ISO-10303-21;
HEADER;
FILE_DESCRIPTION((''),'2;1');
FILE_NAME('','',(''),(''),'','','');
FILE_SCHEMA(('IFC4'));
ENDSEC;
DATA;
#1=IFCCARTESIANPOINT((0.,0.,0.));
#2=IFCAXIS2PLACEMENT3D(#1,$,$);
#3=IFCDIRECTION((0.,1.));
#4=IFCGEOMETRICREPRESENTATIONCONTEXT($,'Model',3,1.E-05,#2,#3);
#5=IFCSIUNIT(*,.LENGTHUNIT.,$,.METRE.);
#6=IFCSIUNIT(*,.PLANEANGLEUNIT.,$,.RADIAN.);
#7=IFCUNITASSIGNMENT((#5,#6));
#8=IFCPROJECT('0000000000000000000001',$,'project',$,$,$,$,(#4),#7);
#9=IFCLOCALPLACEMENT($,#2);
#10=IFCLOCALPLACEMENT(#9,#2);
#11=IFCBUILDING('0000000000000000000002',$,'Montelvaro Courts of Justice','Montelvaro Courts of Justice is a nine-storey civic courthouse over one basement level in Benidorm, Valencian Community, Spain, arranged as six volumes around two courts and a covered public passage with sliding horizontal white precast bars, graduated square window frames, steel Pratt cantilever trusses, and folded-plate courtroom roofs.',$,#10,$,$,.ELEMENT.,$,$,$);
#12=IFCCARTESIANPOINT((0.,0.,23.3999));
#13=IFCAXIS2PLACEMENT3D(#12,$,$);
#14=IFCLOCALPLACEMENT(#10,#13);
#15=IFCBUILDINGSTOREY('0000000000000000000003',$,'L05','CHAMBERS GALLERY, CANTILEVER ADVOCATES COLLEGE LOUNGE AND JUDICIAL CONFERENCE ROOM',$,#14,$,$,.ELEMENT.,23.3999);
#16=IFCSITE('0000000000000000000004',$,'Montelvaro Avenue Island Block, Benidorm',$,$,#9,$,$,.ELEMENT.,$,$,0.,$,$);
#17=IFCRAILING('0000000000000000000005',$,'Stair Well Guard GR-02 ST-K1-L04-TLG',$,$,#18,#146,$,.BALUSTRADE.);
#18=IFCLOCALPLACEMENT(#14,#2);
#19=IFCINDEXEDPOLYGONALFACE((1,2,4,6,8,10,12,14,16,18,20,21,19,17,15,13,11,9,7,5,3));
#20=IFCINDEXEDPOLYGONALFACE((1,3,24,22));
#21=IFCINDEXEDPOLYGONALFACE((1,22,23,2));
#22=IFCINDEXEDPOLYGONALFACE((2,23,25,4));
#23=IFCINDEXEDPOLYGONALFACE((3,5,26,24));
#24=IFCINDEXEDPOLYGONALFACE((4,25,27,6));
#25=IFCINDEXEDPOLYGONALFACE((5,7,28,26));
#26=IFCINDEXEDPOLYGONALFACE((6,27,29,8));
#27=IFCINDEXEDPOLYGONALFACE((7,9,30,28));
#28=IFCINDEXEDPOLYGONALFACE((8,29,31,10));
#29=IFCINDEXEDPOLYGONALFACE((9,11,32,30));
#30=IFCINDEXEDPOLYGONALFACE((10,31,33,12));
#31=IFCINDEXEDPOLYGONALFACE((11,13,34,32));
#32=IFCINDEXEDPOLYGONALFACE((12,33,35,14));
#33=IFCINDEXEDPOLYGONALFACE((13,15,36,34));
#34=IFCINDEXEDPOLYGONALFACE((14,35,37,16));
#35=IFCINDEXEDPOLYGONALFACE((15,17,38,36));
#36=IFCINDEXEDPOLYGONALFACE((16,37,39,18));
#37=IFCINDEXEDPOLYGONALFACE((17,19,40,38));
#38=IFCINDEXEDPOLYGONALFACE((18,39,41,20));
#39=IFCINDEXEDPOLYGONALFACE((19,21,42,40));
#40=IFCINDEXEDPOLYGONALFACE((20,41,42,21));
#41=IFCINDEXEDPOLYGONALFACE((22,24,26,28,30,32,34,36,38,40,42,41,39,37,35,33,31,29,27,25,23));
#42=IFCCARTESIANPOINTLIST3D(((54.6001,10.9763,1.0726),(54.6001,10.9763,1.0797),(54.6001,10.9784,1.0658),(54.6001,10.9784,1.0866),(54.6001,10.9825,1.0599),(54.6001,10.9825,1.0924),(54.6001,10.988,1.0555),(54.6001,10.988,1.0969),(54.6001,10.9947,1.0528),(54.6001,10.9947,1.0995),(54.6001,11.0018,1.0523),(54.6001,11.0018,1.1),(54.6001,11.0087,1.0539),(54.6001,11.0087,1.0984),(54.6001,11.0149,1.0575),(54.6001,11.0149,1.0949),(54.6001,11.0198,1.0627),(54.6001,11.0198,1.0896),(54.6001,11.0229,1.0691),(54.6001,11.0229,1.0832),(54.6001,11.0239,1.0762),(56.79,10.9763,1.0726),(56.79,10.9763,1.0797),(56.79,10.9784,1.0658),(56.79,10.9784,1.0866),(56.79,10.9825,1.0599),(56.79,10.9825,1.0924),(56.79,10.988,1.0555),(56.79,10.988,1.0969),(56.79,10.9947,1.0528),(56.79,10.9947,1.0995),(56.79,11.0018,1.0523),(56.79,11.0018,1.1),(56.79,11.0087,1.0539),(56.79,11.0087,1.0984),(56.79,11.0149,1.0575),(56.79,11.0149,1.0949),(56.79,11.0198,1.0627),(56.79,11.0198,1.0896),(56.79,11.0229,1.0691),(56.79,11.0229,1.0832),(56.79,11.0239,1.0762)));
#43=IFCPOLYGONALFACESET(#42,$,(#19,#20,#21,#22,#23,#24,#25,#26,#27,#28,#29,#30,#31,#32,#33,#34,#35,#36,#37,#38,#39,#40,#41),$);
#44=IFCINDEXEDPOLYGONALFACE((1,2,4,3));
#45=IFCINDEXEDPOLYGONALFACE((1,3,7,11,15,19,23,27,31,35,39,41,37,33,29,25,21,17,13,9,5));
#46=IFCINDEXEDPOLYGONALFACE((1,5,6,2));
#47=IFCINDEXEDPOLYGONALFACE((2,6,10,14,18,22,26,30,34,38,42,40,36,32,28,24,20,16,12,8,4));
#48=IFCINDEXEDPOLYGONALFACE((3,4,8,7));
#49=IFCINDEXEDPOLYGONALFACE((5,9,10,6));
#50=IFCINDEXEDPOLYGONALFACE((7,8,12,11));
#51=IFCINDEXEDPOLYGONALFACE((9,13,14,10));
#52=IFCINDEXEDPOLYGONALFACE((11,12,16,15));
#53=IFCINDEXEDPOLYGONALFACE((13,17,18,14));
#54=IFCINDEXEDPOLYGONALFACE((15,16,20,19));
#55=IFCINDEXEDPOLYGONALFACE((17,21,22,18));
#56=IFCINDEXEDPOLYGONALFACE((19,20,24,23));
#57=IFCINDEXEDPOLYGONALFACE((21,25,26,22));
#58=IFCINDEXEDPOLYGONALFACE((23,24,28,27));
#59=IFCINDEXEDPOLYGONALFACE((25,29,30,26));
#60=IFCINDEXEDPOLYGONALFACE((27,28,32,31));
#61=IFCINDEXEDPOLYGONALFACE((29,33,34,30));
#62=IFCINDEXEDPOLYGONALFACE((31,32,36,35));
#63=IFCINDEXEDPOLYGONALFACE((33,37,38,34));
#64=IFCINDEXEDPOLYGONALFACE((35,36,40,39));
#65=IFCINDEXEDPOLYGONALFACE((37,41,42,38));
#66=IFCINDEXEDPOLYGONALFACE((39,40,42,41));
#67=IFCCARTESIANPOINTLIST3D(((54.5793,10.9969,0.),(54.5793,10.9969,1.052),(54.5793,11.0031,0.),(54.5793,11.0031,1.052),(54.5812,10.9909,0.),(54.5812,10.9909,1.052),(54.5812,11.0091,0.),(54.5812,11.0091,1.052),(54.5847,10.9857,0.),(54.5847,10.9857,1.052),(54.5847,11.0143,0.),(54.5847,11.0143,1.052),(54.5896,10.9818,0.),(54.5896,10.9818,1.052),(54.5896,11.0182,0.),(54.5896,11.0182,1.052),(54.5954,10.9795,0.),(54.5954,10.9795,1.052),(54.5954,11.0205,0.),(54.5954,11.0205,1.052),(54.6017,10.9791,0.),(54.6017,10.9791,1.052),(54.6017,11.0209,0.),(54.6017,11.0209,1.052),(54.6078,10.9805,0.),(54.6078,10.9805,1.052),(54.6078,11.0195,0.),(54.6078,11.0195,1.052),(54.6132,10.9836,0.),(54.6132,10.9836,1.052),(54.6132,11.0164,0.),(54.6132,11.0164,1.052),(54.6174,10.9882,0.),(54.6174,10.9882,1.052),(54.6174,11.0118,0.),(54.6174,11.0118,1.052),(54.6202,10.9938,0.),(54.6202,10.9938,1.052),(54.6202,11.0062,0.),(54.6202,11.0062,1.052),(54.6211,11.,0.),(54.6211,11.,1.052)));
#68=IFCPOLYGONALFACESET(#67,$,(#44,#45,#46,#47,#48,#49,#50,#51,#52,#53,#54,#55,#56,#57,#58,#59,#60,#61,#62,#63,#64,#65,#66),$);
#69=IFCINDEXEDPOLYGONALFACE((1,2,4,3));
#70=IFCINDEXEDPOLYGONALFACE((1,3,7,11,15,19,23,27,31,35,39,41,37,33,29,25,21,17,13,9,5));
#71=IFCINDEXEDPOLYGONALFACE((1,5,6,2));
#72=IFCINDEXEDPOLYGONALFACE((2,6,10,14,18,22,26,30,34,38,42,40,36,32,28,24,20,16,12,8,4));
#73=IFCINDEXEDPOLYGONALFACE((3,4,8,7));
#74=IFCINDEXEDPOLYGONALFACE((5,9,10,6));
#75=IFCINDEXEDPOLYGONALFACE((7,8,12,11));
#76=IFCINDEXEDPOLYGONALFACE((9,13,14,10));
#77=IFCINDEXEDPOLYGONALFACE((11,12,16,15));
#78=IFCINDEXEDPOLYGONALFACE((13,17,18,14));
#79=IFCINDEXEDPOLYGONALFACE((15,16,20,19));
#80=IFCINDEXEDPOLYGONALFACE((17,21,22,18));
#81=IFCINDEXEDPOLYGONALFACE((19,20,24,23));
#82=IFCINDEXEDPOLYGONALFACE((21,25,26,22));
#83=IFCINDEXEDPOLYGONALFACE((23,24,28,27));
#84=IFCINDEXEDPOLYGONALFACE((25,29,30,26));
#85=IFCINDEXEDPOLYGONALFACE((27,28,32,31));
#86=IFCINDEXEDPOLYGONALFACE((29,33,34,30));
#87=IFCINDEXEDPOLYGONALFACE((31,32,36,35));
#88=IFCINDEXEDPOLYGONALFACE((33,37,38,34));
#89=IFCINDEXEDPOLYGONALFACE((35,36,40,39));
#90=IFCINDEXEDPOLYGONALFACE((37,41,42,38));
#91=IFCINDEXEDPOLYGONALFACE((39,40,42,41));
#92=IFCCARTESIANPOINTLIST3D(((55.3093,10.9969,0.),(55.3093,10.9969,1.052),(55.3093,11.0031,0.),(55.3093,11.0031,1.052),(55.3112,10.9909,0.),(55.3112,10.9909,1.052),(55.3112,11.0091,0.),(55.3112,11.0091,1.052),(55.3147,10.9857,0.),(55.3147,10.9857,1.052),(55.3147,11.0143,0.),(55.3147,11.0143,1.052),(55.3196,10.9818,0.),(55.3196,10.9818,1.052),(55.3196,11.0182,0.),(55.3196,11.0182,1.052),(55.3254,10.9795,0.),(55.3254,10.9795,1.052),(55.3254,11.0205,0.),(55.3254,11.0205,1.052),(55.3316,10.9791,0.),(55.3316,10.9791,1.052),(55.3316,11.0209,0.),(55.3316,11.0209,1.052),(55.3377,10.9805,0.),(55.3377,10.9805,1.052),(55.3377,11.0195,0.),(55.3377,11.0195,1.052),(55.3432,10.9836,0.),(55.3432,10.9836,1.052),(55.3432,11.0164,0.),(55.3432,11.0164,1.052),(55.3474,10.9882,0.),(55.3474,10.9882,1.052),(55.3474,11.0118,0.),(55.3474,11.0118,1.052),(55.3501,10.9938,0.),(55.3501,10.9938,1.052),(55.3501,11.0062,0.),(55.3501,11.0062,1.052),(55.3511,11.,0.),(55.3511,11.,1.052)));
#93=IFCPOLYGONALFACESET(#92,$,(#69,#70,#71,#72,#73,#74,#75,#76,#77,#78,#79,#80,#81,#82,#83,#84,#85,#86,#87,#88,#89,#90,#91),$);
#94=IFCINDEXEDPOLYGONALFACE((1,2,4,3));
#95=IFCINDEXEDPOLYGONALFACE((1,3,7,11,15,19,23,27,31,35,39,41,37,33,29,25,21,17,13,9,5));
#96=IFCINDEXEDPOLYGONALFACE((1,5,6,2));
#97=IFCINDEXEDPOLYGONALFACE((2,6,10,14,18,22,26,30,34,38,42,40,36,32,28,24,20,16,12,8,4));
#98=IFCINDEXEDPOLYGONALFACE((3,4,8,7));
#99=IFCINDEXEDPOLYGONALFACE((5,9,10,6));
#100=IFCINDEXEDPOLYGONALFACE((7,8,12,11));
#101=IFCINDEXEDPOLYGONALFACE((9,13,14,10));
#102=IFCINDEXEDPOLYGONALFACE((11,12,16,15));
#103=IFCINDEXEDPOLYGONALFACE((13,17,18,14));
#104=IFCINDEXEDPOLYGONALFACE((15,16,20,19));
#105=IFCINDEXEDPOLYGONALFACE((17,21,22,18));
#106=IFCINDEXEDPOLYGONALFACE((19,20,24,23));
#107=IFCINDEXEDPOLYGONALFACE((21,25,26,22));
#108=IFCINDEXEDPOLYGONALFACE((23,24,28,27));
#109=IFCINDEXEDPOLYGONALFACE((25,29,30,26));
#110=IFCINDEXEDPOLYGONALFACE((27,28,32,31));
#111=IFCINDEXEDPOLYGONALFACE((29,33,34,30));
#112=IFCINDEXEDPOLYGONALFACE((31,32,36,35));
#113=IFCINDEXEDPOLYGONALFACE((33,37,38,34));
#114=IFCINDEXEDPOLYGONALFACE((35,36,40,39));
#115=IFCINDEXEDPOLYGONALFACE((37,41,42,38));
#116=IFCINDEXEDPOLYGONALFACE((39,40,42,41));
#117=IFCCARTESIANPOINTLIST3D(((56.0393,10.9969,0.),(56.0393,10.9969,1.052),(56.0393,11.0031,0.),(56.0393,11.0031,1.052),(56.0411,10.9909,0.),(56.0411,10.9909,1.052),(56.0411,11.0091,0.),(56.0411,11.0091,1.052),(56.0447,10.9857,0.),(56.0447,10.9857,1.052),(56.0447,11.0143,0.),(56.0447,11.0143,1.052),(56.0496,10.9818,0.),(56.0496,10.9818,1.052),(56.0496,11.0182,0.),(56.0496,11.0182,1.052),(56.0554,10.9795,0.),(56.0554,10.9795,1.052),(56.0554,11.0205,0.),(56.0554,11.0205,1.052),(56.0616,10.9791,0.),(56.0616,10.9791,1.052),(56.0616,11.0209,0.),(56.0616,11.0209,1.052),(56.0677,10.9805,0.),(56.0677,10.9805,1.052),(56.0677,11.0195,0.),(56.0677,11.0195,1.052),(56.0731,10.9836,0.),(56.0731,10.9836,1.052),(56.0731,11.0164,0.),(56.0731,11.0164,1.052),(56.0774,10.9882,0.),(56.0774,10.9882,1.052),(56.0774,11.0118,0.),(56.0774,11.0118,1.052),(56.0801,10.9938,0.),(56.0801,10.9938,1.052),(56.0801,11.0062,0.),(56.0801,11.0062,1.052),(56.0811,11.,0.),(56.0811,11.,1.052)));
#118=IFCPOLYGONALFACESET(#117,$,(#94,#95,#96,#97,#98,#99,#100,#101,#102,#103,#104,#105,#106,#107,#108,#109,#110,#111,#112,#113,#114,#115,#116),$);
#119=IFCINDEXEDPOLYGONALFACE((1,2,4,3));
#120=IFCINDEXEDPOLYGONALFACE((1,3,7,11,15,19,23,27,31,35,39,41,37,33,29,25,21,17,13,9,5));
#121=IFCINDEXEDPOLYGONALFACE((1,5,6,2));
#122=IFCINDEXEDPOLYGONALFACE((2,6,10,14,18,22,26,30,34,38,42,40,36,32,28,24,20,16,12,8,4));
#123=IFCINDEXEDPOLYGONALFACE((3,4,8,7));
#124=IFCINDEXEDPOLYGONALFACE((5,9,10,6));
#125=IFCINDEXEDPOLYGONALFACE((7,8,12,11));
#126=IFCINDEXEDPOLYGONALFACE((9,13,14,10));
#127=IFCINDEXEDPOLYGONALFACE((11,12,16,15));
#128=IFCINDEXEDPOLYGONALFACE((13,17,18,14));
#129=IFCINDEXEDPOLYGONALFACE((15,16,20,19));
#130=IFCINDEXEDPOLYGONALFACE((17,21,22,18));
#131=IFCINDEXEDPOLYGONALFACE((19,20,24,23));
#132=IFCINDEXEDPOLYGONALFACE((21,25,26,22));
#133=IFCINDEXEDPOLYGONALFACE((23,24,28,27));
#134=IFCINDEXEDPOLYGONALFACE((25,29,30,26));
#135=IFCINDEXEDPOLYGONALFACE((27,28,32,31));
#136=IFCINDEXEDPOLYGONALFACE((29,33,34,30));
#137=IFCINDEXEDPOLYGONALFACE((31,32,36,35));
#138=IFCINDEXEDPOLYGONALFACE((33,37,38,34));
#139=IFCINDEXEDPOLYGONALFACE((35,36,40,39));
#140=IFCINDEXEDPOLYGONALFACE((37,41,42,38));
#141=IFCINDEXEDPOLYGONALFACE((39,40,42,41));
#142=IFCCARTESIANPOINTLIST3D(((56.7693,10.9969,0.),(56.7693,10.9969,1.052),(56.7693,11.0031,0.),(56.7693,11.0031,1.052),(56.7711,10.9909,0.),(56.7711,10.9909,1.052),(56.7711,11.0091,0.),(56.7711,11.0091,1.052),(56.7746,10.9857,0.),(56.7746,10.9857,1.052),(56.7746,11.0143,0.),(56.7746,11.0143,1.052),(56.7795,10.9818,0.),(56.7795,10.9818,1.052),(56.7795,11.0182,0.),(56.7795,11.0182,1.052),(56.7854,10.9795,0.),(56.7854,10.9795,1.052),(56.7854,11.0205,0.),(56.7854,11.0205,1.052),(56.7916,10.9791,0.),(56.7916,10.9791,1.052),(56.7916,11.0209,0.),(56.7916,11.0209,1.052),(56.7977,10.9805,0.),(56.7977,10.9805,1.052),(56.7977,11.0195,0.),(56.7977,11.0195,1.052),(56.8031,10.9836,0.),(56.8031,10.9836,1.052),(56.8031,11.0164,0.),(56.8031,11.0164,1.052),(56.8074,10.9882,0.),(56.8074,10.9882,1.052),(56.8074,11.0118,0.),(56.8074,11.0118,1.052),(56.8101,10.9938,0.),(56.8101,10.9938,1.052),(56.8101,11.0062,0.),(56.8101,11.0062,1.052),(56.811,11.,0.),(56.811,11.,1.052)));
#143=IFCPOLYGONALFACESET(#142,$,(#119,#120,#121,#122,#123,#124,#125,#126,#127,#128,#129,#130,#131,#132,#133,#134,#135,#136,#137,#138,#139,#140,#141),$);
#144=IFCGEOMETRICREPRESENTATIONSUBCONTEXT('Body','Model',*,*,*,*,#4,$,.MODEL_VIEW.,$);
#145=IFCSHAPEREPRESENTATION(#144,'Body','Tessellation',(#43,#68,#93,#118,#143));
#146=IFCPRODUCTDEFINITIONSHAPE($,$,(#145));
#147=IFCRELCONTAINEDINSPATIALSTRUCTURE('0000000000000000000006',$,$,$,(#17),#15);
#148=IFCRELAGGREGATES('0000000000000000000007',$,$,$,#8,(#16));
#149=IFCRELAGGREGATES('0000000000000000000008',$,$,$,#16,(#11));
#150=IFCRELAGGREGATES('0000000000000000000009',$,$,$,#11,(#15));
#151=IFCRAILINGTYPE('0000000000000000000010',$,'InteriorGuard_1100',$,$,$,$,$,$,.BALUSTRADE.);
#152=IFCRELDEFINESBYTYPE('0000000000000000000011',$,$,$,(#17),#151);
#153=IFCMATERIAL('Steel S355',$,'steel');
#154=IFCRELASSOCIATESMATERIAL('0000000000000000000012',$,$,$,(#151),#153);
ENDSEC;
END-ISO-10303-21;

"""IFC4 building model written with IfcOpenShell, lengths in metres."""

from ifc_helpers import new_model, si_unit, direction, frame, origin, origin_2d, place, context, subcontext, project, spatial, circle, extrude, material, type_object, element, save


model = new_model("IFC4")

# Units and contexts
model_context = context("Model", 3, precision=1e-05, world=origin(), true_north=direction((0.0, 1.0)))
body_context = subcontext(model_context, "Body", "Model", "MODEL_VIEW")
ifc_project = project(units=[si_unit("LENGTHUNIT", "METRE"), si_unit("PLANEANGLEUNIT", "RADIAN")], contexts=[model_context])

# Site, building, storey
site_placement = place(None, origin())
site = spatial("IfcSite", under=ifc_project, at=site_placement, Name="Montelvaro Avenue Island Block, Benidorm", CompositionType="ELEMENT", RefElevation=0.0)
building_placement = place(site_placement, origin())
building = spatial("IfcBuilding", under=site, at=building_placement, Name="Montelvaro Courts of Justice", Description="Montelvaro Courts of Justice is a nine-storey civic courthouse over one basement level in Benidorm, Valencian Community, Spain, arranged as six volumes around two courts and a covered public passage with sliding horizontal white precast bars, graduated square window frames, steel Pratt cantilever trusses, and folded-plate courtroom roofs.", CompositionType="ELEMENT")
storey_placement = place(building_placement, frame((0.0, 0.0, 23.3999)))
storey = spatial("IfcBuildingStorey", under=building, at=storey_placement, Name="L05", Description="CHAMBERS GALLERY, CANTILEVER ADVOCATES COLLEGE LOUNGE AND JUDICIAL CONFERENCE ROOM", CompositionType="ELEMENT", Elevation=23.3999)

# Railing
ifc_material_1 = material(Name="Steel S355", Category="steel")
railing_type_1 = type_object("IfcRailingType", Name="InteriorGuard_1100", PredefinedType="BALUSTRADE", material=ifc_material_1)
railing_1_placement = place(storey_placement, frame((54.6001, 11.0, 0.0)))
element("IfcRailing", 1, at=railing_1_placement, inside=storey, type_object=railing_type_1, Name="Stair Well Guard GR-02 ST-K1-L04-TLG", PredefinedType="BALUSTRADE", context=body_context, shape_type="SweptSolid", body=[
    extrude(circle(Radius=0.0239, at=origin_2d()), frame((0.0, 0.0, 1.0762), z_axis=(1.0, 0.0, 0.0), x_axis=(0.0, 1.0, 0.0)), (0.0, 0.0, 1.0), 2.1899),
    extrude(circle(Radius=0.021, at=origin_2d()), origin(), (0.0, 0.0, 1.0), 1.052),
    extrude(circle(Radius=0.021, at=origin_2d()), frame((0.73, 0.0, 0.0)), (0.0, 0.0, 1.0), 1.052),
    extrude(circle(Radius=0.021, at=origin_2d()), frame((1.46, 0.0, 0.0)), (0.0, 0.0, 1.0), 1.052),
    extrude(circle(Radius=0.021, at=origin_2d()), frame((2.1899, 0.0, 0.0)), (0.0, 0.0, 1.0), 1.052),
])

save(model, "model.ifc")
